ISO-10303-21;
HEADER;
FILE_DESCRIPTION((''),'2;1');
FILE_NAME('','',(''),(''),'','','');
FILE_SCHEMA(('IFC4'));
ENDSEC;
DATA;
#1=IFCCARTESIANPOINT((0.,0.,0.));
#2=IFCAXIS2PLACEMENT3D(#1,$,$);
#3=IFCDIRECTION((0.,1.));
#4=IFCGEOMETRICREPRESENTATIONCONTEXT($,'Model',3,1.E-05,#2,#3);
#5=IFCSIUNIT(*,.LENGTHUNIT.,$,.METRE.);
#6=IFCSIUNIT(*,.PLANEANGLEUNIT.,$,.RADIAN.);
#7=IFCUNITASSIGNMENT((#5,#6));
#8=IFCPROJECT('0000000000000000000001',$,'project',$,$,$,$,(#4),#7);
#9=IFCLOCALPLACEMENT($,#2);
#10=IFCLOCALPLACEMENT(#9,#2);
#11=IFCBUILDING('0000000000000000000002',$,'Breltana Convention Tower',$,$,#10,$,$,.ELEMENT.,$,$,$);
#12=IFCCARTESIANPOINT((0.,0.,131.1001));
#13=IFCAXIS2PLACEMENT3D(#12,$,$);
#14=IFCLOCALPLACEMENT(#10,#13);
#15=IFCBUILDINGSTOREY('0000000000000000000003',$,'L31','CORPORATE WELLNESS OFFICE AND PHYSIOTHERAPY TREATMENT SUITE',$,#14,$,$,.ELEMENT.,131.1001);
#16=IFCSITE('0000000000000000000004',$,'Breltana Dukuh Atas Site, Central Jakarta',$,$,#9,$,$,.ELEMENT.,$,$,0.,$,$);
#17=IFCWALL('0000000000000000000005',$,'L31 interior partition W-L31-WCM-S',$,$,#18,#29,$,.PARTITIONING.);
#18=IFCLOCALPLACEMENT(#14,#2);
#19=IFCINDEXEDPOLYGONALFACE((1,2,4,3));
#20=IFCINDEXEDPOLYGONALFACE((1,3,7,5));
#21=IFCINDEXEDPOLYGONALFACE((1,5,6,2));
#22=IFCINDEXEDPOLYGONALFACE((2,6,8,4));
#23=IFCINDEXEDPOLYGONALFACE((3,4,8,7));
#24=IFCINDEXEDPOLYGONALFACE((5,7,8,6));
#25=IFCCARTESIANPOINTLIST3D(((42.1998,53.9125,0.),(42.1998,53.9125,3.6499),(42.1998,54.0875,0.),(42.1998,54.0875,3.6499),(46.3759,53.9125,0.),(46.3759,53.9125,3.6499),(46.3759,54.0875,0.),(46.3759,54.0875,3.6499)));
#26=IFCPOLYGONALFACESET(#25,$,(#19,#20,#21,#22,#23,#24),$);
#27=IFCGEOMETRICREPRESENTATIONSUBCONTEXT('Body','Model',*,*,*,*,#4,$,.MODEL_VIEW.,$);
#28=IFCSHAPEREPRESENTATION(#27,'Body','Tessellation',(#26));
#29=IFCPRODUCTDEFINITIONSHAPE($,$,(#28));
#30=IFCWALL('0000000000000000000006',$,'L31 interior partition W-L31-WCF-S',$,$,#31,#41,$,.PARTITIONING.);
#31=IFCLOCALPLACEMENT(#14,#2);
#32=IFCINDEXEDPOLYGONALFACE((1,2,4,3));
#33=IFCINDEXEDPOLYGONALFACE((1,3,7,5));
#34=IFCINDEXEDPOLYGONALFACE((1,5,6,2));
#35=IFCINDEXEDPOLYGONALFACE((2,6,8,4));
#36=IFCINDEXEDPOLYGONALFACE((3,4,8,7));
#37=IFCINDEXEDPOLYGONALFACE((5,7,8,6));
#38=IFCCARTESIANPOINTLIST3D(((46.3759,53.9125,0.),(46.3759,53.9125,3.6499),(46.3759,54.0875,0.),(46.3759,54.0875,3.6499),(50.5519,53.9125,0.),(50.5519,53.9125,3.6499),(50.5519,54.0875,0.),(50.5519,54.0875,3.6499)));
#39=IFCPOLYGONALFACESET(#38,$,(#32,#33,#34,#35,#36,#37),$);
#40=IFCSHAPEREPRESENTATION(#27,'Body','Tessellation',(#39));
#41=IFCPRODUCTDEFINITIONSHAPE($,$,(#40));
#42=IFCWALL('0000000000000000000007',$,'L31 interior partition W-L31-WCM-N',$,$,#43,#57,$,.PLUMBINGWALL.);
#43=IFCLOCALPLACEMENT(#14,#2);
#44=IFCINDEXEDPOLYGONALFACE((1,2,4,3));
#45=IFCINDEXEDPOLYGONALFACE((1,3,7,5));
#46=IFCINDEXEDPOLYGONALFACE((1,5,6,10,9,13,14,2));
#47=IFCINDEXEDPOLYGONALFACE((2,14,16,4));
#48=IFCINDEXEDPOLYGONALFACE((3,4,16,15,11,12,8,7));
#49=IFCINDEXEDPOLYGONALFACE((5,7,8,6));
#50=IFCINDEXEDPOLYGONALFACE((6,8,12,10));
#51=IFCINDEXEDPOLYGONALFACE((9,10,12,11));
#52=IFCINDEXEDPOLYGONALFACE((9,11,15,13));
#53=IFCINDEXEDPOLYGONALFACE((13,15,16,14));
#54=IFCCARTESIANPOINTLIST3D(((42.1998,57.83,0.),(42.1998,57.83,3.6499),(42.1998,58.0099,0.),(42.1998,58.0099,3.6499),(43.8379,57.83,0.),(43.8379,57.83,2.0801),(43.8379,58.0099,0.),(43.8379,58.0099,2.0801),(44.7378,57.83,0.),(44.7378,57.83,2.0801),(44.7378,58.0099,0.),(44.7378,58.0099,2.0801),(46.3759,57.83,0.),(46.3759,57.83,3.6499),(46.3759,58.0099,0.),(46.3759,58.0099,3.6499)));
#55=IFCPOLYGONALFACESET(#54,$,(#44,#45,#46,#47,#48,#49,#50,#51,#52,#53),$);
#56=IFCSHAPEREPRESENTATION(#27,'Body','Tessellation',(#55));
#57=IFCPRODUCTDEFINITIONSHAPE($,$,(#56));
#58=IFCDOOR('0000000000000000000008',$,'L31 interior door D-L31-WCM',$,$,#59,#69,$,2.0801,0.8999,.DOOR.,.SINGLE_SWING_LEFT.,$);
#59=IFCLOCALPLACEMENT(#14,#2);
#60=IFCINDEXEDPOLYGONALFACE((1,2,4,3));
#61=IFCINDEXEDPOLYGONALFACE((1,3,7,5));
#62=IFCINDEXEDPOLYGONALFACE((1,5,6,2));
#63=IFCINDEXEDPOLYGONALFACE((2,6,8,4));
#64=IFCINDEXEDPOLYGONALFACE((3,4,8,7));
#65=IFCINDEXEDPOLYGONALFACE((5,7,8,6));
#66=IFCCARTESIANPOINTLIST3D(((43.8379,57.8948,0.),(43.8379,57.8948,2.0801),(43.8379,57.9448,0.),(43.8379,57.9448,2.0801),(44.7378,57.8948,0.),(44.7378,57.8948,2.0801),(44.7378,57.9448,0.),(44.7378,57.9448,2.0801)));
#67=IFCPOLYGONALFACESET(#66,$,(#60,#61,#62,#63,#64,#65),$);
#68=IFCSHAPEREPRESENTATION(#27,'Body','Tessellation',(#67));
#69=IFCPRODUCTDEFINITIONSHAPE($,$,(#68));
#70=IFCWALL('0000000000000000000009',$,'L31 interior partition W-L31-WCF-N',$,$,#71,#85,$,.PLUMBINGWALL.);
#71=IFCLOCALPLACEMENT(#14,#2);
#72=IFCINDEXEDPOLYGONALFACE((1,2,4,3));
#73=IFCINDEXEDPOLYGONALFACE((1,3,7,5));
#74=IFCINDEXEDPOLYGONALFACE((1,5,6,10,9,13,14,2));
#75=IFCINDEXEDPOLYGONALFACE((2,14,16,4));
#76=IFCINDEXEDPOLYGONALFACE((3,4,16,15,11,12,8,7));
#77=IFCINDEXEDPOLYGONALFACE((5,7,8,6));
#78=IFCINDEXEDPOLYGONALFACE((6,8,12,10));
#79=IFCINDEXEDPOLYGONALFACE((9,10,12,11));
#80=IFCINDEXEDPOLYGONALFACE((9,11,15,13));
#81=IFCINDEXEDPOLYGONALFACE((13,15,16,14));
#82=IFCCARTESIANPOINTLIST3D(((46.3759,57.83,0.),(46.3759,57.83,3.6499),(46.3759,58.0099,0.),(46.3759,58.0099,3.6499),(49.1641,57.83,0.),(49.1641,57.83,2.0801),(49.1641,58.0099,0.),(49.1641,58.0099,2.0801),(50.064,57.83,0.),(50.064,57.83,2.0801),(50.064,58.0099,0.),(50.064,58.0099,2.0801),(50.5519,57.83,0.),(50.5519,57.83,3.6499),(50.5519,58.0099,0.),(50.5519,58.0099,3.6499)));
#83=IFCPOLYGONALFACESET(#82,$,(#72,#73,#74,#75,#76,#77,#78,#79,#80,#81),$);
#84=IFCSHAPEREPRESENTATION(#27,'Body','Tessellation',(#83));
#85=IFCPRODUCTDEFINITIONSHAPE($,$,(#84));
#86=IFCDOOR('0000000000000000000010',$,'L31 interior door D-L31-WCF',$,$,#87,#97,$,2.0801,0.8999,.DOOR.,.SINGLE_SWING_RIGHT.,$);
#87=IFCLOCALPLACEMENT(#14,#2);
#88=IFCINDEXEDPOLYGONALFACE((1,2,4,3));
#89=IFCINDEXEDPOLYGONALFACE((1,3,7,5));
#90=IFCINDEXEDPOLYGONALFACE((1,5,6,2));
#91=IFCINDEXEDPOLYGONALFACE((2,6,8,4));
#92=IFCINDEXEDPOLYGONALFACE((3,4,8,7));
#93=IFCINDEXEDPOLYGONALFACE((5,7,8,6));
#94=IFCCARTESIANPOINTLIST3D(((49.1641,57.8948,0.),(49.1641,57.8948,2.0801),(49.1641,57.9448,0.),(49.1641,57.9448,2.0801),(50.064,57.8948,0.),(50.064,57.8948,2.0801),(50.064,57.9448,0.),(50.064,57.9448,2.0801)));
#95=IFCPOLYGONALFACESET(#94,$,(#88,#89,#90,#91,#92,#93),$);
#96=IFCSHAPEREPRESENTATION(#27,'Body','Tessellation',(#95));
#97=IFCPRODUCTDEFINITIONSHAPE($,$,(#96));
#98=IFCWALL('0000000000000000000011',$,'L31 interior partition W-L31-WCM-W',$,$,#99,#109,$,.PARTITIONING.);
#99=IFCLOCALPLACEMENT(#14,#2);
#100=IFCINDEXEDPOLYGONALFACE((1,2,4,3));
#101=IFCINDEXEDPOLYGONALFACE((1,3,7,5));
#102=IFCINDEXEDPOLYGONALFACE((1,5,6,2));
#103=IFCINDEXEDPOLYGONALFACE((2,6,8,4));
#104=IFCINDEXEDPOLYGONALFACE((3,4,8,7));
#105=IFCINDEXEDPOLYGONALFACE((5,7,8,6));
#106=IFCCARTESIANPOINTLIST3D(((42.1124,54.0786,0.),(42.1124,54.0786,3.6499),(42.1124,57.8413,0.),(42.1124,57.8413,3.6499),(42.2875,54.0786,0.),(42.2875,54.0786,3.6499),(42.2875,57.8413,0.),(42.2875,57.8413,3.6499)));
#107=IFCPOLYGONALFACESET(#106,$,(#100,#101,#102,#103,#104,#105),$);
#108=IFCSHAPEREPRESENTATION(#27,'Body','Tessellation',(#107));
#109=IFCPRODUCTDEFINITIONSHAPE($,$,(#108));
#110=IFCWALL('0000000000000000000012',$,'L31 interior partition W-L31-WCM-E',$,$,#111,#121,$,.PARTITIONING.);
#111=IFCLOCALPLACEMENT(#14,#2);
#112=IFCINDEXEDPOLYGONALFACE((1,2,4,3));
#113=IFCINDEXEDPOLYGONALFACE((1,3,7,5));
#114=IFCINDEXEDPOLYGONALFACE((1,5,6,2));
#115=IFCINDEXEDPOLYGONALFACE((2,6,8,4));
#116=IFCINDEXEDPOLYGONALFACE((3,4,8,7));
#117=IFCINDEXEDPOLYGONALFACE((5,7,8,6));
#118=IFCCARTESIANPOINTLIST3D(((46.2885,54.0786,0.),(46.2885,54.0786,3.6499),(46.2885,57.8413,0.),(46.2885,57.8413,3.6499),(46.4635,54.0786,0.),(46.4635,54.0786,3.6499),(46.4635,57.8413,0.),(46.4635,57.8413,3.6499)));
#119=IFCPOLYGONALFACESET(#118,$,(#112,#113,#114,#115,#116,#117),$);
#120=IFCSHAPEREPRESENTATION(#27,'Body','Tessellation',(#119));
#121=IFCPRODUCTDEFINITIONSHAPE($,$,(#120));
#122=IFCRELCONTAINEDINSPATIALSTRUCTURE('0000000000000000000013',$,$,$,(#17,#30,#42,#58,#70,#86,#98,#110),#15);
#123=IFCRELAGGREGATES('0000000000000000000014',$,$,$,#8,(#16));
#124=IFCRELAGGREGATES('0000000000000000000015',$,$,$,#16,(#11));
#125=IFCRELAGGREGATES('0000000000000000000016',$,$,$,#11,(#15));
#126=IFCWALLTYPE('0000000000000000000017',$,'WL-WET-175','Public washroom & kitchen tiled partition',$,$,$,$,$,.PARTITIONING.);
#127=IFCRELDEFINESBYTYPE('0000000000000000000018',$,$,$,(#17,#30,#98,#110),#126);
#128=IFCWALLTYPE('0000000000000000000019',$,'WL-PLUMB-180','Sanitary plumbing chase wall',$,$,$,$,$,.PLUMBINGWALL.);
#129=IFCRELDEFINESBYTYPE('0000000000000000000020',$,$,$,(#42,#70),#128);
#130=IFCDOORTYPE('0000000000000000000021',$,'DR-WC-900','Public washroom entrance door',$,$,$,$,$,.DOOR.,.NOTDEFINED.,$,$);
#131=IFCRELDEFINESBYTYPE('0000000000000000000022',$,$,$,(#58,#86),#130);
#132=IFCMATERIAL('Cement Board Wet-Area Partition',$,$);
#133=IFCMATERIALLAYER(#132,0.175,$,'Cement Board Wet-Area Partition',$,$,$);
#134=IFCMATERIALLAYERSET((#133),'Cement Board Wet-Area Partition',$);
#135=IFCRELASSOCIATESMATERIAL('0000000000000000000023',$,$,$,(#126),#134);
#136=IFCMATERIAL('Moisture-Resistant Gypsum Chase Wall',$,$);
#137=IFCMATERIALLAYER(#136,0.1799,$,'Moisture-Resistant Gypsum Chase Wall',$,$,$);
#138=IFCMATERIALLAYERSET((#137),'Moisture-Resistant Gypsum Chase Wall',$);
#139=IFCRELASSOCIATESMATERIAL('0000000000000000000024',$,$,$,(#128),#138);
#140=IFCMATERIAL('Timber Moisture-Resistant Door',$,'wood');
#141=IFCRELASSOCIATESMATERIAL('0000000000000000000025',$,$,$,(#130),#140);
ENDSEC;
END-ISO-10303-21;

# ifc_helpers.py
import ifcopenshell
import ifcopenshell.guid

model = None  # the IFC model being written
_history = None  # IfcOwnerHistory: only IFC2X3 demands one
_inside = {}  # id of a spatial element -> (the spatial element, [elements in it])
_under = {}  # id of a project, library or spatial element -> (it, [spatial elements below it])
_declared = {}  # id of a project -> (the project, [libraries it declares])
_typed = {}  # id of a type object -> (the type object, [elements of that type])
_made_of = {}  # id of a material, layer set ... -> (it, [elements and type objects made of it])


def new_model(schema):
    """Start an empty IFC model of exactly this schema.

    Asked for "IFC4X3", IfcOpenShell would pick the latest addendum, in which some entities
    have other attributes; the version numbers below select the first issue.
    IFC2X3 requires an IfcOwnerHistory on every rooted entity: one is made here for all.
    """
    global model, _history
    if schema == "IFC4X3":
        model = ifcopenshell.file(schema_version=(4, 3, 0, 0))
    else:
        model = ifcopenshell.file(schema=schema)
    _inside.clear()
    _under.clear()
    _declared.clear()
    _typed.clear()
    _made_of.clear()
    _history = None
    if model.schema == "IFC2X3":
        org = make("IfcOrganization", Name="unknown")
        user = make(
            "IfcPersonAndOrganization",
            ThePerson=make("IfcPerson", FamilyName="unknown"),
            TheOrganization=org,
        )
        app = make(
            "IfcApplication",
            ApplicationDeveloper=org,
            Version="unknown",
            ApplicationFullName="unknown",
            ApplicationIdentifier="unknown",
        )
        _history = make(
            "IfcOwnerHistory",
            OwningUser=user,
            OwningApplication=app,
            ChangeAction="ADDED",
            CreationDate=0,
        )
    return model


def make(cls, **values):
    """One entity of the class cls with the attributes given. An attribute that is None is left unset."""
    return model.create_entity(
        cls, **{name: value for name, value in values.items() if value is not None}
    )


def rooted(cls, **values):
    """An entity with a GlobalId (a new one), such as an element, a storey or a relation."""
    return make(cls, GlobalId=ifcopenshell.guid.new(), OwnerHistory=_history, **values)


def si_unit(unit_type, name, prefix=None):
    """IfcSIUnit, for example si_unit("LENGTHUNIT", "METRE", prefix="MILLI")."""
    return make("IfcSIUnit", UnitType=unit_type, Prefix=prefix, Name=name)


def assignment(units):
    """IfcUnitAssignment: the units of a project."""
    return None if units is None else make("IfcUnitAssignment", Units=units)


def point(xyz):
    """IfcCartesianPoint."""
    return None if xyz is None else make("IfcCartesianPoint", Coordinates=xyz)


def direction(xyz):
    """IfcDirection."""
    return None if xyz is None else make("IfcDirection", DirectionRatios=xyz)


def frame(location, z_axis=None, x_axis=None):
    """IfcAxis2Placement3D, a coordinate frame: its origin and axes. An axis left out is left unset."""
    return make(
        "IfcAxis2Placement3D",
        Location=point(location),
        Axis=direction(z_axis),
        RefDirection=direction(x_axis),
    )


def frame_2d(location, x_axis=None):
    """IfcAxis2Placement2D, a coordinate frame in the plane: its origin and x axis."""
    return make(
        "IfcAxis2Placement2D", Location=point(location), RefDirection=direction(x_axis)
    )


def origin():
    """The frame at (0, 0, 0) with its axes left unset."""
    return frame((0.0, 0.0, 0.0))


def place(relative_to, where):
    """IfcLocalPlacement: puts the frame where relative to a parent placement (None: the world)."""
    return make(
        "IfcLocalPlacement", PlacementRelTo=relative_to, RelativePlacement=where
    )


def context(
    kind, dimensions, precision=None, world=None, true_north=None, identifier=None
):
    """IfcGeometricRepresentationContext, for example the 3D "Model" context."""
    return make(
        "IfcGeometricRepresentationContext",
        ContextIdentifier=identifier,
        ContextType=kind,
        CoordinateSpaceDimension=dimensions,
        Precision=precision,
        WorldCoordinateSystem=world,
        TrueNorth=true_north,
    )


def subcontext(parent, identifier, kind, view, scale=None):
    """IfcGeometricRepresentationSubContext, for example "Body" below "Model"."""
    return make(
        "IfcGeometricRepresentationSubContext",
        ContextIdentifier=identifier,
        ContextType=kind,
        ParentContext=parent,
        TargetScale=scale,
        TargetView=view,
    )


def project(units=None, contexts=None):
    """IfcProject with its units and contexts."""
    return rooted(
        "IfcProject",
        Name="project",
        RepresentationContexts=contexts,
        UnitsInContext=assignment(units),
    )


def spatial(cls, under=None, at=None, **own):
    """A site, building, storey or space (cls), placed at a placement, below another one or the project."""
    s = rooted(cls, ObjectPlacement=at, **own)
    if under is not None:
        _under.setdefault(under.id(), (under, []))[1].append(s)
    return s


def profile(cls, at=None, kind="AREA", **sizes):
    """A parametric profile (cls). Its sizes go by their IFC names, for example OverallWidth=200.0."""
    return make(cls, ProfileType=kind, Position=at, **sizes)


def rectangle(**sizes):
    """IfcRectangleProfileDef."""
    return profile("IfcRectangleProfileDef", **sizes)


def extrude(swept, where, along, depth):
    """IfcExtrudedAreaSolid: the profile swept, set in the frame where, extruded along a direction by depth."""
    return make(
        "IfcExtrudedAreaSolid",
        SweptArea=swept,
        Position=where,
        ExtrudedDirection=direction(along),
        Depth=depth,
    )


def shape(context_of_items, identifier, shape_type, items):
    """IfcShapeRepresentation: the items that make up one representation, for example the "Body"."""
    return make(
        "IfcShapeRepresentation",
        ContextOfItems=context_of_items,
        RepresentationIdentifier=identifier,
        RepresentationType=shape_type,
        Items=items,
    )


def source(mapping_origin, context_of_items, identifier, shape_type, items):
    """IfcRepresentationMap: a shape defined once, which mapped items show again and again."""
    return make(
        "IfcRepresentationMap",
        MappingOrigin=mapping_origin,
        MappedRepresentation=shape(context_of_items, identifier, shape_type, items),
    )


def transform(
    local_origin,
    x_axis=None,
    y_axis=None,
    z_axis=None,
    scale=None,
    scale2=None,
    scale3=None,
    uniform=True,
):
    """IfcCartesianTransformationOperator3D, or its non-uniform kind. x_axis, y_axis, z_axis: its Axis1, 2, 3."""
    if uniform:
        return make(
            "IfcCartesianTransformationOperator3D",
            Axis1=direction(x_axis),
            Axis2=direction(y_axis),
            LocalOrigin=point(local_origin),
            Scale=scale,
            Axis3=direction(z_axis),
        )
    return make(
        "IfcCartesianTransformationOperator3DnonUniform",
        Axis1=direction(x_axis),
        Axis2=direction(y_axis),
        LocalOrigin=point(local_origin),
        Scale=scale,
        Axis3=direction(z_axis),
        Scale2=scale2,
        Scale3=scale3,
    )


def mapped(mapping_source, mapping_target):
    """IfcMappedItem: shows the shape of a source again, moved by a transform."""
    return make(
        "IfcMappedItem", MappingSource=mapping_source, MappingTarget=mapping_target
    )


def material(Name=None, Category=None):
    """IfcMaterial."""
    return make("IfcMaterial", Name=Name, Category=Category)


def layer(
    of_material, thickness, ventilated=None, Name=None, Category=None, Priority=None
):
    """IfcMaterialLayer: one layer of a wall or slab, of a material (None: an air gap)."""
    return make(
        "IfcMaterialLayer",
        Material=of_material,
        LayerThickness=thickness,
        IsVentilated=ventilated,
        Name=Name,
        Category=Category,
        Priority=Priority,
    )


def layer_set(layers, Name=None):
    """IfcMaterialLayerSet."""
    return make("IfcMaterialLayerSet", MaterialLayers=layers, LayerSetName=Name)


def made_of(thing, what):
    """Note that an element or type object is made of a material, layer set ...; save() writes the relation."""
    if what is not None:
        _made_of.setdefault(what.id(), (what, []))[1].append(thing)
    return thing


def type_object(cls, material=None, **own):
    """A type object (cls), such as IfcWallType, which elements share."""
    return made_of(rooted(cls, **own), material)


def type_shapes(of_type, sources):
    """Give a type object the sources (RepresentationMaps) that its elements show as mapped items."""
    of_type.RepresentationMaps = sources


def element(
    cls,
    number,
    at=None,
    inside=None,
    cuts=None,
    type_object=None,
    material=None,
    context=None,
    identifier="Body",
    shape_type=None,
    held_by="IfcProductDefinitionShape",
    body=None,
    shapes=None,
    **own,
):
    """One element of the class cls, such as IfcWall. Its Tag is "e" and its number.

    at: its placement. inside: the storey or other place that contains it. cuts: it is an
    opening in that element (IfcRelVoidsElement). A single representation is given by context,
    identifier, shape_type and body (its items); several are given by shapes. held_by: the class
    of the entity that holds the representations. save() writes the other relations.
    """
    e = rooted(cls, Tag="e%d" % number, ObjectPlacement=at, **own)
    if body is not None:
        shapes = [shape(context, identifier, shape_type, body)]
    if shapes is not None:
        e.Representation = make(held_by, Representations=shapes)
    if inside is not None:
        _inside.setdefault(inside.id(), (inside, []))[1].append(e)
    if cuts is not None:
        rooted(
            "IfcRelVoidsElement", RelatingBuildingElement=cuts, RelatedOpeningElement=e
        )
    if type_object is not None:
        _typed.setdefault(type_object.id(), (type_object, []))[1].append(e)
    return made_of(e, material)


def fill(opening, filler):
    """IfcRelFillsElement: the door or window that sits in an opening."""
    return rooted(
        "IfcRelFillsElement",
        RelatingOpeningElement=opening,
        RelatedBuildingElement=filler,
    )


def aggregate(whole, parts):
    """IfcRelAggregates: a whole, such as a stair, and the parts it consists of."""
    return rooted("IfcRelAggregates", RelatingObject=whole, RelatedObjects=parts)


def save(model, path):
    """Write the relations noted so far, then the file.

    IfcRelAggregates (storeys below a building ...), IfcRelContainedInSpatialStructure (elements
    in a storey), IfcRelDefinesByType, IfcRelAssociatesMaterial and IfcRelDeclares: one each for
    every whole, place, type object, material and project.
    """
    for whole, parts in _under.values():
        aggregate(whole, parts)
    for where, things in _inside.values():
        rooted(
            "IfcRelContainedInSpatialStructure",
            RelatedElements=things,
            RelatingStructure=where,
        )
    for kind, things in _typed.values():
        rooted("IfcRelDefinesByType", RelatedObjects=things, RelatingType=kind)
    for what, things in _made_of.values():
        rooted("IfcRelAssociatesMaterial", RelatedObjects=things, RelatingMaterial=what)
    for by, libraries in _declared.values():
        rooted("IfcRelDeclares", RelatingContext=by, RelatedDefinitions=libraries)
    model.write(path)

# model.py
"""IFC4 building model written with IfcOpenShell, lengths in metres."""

from ifc_helpers import new_model, si_unit, direction, frame, frame_2d, origin, place, context, subcontext, project, spatial, rectangle, extrude, source, transform, mapped, material, layer, layer_set, type_object, type_shapes, element, fill, save


model = new_model("IFC4")

# Units and contexts
model_context = context("Model", 3, precision=1e-05, world=origin(), true_north=direction((0.0, 1.0)))
body_context = subcontext(model_context, "Body", "Model", "MODEL_VIEW")
ifc_project = project(units=[si_unit("LENGTHUNIT", "METRE"), si_unit("PLANEANGLEUNIT", "RADIAN")], contexts=[model_context])

# Site, building, storey
site_placement = place(None, origin())
site = spatial("IfcSite", under=ifc_project, at=site_placement, Name="Breltana Dukuh Atas Site, Central Jakarta", CompositionType="ELEMENT", RefElevation=0.0)
building_placement = place(site_placement, origin())
building = spatial("IfcBuilding", under=site, at=building_placement, Name="Breltana Convention Tower", CompositionType="ELEMENT")
storey_placement = place(building_placement, frame((0.0, 0.0, 131.1001)))
storey = spatial("IfcBuildingStorey", under=building, at=storey_placement, Name="L31", Description="CORPORATE WELLNESS OFFICE AND PHYSIOTHERAPY TREATMENT SUITE", CompositionType="ELEMENT", Elevation=131.1001)

# Walls
ifc_material_1 = material(Name="Cement Board Wet-Area Partition")
ifc_layer_1 = layer(ifc_material_1, 0.175, Name="Cement Board Wet-Area Partition")
ifc_layer_set_1 = layer_set([ifc_layer_1], Name="Cement Board Wet-Area Partition")
wall_type_1 = type_object("IfcWallType", Name="WL-WET-175", Description="Public washroom & kitchen tiled partition", PredefinedType="PARTITIONING", material=ifc_layer_set_1)
shared_shape_1 = source(origin(), body_context, "Body", "SweptSolid", [
    extrude(rectangle(XDim=4.176, YDim=0.175, at=frame_2d((2.0879, 0.0))), origin(), (0.0, 0.0, 1.0), 3.6499),
])
for number, where, z_axis, x_axis, name in (
    (1, (42.2, 54.0, 0.0), (0.0, 0.0, 1.0), (1.0, 0.0, 0.0), "L31 interior partition W-L31-WCM-S"),
    (2, (46.376, 54.0, 0.0), (0.0, 0.0, 1.0), (1.0, 0.0, 0.0), "L31 interior partition W-L31-WCF-S"),
):
    element("IfcWall", number, at=place(storey_placement, frame(where, z_axis=z_axis, x_axis=x_axis)), inside=storey, type_object=wall_type_1, Name=name, PredefinedType="PARTITIONING", context=body_context, shape_type="MappedRepresentation", body=[
        mapped(shared_shape_1, transform((0.0, 0.0, 0.0), scale=1.0)),
    ])

# Walls, openings, doors
ifc_material_2 = material(Name="Moisture-Resistant Gypsum Chase Wall")
ifc_layer_2 = layer(ifc_material_2, 0.1799, Name="Moisture-Resistant Gypsum Chase Wall")
ifc_layer_set_2 = layer_set([ifc_layer_2], Name="Moisture-Resistant Gypsum Chase Wall")
wall_type_2 = type_object("IfcWallType", Name="WL-PLUMB-180", Description="Sanitary plumbing chase wall", PredefinedType="PLUMBINGWALL", material=ifc_layer_set_2)
shared_shape_2 = source(origin(), body_context, "Body", "SweptSolid", [
    extrude(rectangle(XDim=4.176, YDim=0.1799, at=frame_2d((2.0879, 0.0))), origin(), (0.0, 0.0, 1.0), 3.6499),
])
wall_1_placement = place(storey_placement, frame((42.2, 57.9199, 0.0), z_axis=(0.0, 0.0, 1.0), x_axis=(1.0, 0.0, 0.0)))
wall_1 = element("IfcWall", 3, at=wall_1_placement, inside=storey, type_object=wall_type_2, Name="L31 interior partition W-L31-WCM-N", PredefinedType="PLUMBINGWALL", context=body_context, shape_type="MappedRepresentation", body=[
    mapped(shared_shape_2, transform((0.0, 0.0, 0.0), scale=1.0)),
])
opening_1_placement = place(wall_1_placement, frame((1.6379, 0.0, 0.0)))
opening_1 = element("IfcOpeningElement", 4, at=opening_1_placement, cuts=wall_1, PredefinedType="OPENING", context=body_context, shape_type="SweptSolid", body=[
    extrude(rectangle(XDim=0.8999, YDim=2.0801, at=frame_2d((0.45, 1.04))), frame((0.0, 0.1001, 0.0), z_axis=(0.0, -1.0, 0.0), x_axis=(1.0, 0.0, 0.0)), (0.0, 0.0, 1.0), 0.2),
])
ifc_material_3 = material(Name="Timber Moisture-Resistant Door", Category="wood")
door_type = type_object("IfcDoorType", Name="DR-WC-900", Description="Public washroom entrance door", OperationType="NOTDEFINED", PredefinedType="DOOR", material=ifc_material_3)
shared_shape_3 = source(origin(), body_context, "Body", "SweptSolid", [
    extrude(rectangle(XDim=0.8999, YDim=2.0801, at=frame_2d((0.45, 1.04))), frame((0.0, 0.0249, 0.0), z_axis=(0.0, -1.0, 0.0), x_axis=(1.0, 0.0, 0.0)), (0.0, 0.0, 1.0), 0.05),
])
type_shapes(door_type, [shared_shape_3])
door_1_placement = place(opening_1_placement, origin())
door_1 = element("IfcDoor", 5, at=door_1_placement, inside=storey, type_object=door_type, Name="L31 interior door D-L31-WCM", OperationType="SINGLE_SWING_LEFT", OverallHeight=2.0801, OverallWidth=0.8999, PredefinedType="DOOR", context=body_context, shape_type="MappedRepresentation", body=[
    mapped(shared_shape_3, transform((0.0, 0.0, 0.0), scale=1.0)),
])
fill(opening_1, door_1)
wall_2_placement = place(storey_placement, frame((46.376, 57.9199, 0.0), z_axis=(0.0, 0.0, 1.0), x_axis=(1.0, 0.0, 0.0)))
wall_2 = element("IfcWall", 6, at=wall_2_placement, inside=storey, type_object=wall_type_2, Name="L31 interior partition W-L31-WCF-N", PredefinedType="PLUMBINGWALL", context=body_context, shape_type="MappedRepresentation", body=[
    mapped(shared_shape_2, transform((0.0, 0.0, 0.0), scale=1.0)),
])
opening_2_placement = place(wall_2_placement, frame((2.7881, 0.0, 0.0)))
opening_2 = element("IfcOpeningElement", 7, at=opening_2_placement, cuts=wall_2, PredefinedType="OPENING", context=body_context, shape_type="SweptSolid", body=[
    extrude(rectangle(XDim=0.8999, YDim=2.0801, at=frame_2d((0.45, 1.04))), frame((0.0, 0.1001, 0.0), z_axis=(0.0, -1.0, 0.0), x_axis=(1.0, 0.0, 0.0)), (0.0, 0.0, 1.0), 0.2),
])
door_2_placement = place(opening_2_placement, origin())
door_2 = element("IfcDoor", 8, at=door_2_placement, inside=storey, type_object=door_type, Name="L31 interior door D-L31-WCF", OperationType="SINGLE_SWING_RIGHT", OverallHeight=2.0801, OverallWidth=0.8999, PredefinedType="DOOR", context=body_context, shape_type="MappedRepresentation", body=[
    mapped(shared_shape_3, transform((0.0, 0.0, 0.0), scale=1.0)),
])
fill(opening_2, door_2)

# Walls
shared_shape_4 = source(origin(), body_context, "Body", "SweptSolid", [
    extrude(rectangle(XDim=3.7627, YDim=0.175, at=frame_2d((1.8813, 0.0))), origin(), (0.0, 0.0, 1.0), 3.6499),
])
for number, where, z_axis, x_axis, name in (
    (9, (42.2, 54.0786, 0.0), (0.0, 0.0, 1.0), (0.0, 1.0, 0.0), "L31 interior partition W-L31-WCM-W"),
    (10, (46.376, 54.0786, 0.0), (0.0, 0.0, 1.0), (0.0, 1.0, 0.0), "L31 interior partition W-L31-WCM-E"),
):
    element("IfcWall", number, at=place(storey_placement, frame(where, z_axis=z_axis, x_axis=x_axis)), inside=storey, type_object=wall_type_1, Name=name, PredefinedType="PARTITIONING", context=body_context, shape_type="MappedRepresentation", body=[
        mapped(shared_shape_4, transform((0.0, 0.0, 0.0), scale=1.0)),
    ])

save(model, "model.ifc")
